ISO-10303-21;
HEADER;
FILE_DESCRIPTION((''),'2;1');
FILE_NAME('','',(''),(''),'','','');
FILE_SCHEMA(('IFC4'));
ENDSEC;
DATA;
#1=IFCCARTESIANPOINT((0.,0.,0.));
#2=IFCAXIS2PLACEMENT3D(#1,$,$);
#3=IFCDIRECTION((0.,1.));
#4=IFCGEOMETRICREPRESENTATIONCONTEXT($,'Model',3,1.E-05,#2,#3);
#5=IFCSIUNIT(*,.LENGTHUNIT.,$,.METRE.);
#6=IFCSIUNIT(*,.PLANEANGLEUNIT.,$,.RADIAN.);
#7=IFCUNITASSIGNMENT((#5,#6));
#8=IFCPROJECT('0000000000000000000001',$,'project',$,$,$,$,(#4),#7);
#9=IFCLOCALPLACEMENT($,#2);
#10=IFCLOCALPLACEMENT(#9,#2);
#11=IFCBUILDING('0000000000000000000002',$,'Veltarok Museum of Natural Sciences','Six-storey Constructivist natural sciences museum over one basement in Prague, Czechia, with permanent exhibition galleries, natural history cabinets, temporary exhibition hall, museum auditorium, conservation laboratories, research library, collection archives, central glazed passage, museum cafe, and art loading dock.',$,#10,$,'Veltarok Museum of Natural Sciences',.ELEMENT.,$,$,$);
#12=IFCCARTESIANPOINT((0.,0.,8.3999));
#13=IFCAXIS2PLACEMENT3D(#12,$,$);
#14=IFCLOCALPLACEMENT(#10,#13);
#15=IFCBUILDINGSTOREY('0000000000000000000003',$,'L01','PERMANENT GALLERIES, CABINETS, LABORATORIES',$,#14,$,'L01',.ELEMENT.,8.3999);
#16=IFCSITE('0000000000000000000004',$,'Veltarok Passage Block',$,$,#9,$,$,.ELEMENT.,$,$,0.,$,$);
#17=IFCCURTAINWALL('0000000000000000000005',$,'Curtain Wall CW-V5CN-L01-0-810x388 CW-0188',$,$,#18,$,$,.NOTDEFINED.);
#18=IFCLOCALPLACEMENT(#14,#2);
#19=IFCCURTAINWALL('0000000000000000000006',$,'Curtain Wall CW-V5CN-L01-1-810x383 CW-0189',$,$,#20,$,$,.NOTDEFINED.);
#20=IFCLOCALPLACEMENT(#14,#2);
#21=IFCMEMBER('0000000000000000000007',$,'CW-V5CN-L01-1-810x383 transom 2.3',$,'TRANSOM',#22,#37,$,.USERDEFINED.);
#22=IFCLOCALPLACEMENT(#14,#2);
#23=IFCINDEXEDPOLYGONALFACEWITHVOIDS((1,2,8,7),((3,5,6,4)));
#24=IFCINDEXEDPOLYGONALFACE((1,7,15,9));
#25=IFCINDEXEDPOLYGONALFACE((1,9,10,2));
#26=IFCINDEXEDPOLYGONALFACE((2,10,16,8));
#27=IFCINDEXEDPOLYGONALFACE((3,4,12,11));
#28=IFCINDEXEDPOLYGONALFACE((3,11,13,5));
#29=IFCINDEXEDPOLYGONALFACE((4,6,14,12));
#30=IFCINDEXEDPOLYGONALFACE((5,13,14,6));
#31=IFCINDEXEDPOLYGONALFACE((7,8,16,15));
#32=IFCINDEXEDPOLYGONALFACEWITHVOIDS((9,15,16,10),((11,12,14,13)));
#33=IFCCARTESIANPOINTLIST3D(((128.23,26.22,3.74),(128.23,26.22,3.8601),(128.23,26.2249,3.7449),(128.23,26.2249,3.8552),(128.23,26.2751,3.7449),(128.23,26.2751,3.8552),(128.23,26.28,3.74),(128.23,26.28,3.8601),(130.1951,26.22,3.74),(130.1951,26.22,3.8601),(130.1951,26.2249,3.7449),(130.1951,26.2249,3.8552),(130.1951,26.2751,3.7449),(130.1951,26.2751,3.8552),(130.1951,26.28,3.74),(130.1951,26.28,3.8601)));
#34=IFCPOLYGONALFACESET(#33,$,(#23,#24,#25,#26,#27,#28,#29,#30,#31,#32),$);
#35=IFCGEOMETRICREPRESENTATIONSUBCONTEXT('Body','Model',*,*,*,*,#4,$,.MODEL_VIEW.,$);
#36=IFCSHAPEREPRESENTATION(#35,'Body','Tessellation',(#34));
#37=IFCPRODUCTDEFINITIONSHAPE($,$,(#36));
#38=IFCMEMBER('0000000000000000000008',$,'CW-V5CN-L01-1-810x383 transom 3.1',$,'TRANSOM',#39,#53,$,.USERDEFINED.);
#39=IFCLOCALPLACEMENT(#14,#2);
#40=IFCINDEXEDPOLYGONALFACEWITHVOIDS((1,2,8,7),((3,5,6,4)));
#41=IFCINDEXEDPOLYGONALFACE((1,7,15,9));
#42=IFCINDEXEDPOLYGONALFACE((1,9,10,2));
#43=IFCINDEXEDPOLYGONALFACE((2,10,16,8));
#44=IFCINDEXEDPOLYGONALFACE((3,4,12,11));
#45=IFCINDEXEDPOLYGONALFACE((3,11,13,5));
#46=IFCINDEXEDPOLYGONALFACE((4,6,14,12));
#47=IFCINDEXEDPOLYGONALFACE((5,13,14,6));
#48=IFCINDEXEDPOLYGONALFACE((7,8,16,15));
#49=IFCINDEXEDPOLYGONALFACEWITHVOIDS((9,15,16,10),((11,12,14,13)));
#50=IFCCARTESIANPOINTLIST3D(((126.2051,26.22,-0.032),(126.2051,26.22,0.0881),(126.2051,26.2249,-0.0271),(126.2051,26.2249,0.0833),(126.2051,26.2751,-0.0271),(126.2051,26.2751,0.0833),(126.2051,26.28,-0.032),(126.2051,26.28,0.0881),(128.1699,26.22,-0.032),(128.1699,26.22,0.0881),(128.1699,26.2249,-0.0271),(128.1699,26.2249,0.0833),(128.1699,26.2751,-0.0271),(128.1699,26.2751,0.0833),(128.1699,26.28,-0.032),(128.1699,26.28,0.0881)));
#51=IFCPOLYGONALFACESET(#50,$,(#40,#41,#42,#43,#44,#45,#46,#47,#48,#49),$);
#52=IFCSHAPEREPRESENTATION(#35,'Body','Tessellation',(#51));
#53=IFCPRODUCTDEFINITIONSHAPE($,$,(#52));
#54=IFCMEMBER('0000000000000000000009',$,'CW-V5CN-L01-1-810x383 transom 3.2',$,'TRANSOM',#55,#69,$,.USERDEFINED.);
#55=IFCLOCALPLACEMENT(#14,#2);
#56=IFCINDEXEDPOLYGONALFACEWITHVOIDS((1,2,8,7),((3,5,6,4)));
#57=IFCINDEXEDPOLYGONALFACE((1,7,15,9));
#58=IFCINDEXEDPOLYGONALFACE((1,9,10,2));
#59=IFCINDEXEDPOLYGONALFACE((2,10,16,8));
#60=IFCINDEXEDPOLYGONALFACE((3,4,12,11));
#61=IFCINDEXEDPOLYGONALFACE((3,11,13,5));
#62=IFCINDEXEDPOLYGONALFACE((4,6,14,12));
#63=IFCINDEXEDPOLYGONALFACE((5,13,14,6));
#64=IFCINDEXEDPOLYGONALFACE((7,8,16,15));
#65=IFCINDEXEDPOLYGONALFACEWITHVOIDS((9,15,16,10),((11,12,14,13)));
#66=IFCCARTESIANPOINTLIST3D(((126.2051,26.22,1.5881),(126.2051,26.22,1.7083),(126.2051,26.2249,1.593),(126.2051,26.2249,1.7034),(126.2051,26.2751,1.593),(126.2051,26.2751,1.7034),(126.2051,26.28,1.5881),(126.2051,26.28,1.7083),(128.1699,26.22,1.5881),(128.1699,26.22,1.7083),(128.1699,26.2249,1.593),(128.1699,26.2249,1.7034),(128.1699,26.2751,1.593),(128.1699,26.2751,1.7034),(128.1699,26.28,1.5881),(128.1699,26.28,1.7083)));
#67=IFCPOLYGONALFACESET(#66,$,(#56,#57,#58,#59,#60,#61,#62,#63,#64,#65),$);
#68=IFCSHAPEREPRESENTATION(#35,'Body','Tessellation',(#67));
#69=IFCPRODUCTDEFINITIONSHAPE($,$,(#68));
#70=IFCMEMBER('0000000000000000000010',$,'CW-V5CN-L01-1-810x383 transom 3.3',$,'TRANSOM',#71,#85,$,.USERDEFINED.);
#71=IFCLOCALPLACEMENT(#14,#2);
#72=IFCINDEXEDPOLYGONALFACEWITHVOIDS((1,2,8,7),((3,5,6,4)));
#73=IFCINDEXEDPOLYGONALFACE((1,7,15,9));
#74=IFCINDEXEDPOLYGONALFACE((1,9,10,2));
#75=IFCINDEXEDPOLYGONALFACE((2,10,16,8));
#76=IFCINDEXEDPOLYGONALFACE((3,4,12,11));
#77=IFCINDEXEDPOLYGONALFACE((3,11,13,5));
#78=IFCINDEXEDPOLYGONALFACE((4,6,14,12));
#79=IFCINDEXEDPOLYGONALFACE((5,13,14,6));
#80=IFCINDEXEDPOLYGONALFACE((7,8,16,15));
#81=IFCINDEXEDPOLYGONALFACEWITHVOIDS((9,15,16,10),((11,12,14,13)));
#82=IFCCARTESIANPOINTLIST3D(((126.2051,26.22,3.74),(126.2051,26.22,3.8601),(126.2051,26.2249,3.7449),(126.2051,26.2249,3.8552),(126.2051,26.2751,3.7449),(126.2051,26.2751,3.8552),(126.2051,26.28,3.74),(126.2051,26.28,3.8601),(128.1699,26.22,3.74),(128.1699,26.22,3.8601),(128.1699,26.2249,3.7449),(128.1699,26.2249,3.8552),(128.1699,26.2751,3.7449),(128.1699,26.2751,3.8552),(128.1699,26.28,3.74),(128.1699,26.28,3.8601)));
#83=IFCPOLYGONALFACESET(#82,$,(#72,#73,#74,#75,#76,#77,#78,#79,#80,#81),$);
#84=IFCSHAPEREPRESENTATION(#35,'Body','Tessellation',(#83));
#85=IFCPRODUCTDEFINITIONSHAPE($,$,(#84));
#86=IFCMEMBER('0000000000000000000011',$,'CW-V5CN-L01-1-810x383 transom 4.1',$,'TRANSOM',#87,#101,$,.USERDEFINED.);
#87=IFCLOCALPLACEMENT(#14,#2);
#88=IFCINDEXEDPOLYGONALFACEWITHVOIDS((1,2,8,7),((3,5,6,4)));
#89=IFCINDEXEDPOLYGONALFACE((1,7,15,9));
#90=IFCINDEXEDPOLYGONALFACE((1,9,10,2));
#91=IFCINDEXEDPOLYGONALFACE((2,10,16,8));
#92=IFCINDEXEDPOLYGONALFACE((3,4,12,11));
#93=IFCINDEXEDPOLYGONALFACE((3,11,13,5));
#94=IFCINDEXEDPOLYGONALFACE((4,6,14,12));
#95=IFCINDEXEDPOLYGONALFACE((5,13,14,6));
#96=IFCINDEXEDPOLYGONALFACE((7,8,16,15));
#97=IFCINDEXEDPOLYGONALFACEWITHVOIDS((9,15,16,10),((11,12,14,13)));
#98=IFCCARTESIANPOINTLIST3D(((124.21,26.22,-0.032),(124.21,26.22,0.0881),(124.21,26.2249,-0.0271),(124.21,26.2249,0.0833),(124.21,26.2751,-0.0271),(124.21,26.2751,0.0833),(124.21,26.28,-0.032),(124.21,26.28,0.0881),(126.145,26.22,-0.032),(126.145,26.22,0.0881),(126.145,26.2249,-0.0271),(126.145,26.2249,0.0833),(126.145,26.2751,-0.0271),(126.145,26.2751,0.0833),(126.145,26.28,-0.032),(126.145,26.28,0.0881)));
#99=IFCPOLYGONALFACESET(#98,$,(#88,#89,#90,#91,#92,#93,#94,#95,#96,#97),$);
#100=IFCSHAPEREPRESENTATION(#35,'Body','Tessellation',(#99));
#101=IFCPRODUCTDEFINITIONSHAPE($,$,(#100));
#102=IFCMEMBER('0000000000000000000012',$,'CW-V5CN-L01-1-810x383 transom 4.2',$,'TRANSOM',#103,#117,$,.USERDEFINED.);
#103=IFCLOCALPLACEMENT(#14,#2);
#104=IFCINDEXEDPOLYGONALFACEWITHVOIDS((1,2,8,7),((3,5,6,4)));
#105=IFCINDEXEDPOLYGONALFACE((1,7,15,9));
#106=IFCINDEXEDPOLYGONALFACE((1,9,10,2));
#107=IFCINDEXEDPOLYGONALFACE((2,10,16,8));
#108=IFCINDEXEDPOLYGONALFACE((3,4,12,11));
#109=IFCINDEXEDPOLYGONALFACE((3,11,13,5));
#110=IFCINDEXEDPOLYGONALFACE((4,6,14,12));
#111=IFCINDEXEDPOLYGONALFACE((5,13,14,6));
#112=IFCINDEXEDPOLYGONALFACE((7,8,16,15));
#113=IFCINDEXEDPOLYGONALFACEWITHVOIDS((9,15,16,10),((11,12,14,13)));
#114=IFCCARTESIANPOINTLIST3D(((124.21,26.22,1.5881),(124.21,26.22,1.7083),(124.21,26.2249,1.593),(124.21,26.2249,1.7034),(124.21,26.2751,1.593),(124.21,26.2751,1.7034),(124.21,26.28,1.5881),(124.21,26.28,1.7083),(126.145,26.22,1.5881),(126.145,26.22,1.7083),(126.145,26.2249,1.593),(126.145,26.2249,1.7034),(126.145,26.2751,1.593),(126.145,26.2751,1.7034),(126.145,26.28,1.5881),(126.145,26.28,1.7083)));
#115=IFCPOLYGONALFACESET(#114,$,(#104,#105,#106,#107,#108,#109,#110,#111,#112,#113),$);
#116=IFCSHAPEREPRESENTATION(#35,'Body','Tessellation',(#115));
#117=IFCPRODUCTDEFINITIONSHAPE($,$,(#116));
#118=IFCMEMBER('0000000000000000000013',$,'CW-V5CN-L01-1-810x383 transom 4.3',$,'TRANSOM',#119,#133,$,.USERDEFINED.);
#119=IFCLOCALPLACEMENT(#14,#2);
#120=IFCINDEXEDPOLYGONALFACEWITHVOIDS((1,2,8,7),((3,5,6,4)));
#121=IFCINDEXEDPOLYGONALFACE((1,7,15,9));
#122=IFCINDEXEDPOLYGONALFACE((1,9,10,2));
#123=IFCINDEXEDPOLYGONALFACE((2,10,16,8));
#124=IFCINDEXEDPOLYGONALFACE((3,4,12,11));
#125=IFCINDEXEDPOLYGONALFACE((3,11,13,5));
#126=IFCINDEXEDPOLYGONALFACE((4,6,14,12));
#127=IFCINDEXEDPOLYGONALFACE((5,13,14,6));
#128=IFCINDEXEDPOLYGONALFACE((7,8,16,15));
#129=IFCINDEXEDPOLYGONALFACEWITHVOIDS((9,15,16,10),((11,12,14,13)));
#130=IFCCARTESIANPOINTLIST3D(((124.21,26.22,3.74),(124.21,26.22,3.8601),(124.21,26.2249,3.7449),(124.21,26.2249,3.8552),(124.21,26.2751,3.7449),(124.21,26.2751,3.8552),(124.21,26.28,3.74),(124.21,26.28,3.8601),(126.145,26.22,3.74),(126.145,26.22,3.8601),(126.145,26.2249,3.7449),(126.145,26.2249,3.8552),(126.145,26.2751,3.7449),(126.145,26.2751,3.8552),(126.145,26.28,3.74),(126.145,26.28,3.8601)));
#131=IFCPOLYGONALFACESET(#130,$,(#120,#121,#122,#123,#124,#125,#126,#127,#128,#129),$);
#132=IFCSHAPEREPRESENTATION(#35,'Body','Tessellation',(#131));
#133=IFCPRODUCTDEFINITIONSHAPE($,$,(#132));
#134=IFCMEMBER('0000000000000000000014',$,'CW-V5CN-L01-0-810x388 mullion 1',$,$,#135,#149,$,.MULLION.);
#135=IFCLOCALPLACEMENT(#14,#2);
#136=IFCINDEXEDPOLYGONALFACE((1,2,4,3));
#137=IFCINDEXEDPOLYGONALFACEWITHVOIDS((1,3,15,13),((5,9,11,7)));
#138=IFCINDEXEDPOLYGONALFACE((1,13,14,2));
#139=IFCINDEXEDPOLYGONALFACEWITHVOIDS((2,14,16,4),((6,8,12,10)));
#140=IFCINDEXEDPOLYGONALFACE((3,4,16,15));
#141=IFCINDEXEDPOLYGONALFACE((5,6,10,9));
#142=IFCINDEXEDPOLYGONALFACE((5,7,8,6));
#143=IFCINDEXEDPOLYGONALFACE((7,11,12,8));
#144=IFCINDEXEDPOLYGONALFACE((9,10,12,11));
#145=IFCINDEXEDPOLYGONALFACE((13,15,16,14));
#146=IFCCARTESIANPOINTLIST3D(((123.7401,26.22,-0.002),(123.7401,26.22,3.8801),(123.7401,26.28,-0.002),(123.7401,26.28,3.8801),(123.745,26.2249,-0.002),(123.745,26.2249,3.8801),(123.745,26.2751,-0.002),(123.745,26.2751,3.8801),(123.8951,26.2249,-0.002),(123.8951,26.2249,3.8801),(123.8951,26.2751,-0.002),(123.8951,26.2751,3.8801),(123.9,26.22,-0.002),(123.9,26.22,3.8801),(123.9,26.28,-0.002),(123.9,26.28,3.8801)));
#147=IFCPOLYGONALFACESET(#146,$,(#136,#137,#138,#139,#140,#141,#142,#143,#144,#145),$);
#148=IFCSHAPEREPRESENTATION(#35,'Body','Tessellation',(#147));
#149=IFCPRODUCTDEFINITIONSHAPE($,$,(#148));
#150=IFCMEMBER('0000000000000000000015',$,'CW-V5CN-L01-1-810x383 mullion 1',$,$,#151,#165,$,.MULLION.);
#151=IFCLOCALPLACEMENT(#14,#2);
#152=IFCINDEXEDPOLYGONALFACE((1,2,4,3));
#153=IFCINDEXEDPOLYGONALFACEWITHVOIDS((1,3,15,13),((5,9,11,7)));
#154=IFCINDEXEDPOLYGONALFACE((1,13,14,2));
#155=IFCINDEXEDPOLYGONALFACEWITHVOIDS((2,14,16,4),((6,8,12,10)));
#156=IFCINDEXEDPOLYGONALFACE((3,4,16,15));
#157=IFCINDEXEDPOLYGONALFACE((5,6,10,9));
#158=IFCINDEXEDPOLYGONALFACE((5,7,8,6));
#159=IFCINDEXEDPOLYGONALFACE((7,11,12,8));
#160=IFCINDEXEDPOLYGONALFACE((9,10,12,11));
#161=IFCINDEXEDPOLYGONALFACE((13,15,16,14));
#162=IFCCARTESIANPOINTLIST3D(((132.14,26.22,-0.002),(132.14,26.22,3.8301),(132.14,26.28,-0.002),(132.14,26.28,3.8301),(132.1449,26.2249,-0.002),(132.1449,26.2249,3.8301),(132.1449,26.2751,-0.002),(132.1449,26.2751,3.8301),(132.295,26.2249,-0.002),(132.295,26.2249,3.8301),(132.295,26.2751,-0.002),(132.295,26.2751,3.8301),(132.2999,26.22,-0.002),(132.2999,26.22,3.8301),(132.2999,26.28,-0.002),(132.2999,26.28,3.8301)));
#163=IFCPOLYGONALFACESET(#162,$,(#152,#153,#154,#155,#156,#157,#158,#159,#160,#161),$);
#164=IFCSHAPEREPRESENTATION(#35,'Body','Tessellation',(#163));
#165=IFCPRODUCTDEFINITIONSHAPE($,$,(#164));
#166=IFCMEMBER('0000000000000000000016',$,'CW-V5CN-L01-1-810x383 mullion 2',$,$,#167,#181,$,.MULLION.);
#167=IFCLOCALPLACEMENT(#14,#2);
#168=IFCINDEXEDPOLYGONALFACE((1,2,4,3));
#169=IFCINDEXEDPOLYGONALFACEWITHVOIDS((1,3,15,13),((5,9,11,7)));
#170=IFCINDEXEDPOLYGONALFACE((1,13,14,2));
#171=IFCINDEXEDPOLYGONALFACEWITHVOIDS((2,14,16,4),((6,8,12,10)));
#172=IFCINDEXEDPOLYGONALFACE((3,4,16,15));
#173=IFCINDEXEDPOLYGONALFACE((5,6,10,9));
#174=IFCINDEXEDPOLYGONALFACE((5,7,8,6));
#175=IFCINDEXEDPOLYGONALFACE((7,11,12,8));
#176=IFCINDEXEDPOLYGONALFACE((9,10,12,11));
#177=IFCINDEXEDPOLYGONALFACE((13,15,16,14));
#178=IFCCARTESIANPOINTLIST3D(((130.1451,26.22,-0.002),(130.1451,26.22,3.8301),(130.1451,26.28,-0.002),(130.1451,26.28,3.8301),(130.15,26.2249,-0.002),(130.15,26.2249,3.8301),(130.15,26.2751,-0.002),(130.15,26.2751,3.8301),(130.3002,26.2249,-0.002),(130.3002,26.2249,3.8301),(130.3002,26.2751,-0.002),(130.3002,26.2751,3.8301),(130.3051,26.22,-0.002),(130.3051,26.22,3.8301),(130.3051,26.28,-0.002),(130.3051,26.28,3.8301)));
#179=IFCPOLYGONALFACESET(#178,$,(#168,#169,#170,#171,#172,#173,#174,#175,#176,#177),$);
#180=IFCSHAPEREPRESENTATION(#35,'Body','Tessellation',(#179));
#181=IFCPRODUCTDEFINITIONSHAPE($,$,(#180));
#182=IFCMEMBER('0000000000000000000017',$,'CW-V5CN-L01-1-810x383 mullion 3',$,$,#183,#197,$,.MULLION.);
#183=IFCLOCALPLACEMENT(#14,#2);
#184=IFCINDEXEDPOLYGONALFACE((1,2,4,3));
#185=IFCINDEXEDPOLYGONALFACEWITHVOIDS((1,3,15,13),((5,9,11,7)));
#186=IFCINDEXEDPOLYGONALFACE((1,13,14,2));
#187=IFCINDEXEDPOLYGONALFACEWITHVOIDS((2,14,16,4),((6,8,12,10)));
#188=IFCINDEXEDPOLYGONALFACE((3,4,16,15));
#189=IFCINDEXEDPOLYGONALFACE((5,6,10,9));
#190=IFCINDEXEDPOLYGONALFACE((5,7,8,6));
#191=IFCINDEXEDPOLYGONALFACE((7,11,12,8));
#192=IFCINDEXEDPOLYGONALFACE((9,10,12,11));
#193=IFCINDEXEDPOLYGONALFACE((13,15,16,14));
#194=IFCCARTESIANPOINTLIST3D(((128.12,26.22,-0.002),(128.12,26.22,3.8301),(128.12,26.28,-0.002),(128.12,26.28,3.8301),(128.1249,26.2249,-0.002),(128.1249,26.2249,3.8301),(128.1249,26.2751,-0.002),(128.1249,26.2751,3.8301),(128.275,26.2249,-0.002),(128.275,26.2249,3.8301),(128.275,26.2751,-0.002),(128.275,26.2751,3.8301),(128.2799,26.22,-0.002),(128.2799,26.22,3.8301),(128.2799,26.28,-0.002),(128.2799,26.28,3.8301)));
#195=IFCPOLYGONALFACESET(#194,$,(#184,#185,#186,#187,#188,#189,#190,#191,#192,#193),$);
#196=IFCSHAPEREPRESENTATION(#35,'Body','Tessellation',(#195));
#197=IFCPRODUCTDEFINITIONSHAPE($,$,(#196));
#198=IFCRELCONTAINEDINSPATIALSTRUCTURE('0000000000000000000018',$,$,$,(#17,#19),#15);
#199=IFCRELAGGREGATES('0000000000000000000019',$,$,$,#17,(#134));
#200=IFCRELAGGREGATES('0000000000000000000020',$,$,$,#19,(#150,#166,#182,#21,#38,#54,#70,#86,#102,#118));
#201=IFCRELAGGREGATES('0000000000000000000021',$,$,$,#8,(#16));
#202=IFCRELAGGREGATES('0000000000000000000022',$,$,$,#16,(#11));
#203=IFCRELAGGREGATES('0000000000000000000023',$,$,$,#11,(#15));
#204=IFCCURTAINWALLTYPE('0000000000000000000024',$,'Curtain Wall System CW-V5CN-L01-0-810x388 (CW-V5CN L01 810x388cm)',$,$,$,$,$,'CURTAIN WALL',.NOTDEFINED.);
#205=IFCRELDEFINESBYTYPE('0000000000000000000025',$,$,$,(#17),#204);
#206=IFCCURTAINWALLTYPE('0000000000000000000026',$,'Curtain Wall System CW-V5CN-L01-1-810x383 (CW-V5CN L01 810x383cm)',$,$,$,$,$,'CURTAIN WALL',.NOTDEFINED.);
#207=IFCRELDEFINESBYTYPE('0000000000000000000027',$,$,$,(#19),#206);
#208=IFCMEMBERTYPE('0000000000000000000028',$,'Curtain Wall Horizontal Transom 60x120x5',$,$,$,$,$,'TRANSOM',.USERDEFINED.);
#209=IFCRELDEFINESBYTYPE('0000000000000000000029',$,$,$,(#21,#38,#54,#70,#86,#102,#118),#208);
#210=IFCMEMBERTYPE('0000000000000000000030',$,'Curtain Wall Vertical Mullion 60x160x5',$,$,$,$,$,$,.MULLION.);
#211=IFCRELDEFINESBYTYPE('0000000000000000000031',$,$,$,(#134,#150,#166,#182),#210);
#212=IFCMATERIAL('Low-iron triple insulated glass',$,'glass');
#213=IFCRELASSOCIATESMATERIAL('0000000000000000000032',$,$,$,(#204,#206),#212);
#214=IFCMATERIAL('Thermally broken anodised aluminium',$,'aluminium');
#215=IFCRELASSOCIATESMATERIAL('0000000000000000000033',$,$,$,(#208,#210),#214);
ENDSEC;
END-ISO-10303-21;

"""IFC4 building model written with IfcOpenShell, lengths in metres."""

from ifc_helpers import new_model, si_unit, direction, frame, origin, origin_2d, place, context, subcontext, project, spatial, hollow_rectangle, extrude, material, material_profile, profile_set, type_object, element, aggregate, save


model = new_model("IFC4")

# Units and contexts
model_context = context("Model", 3, precision=1e-05, world=origin(), true_north=direction((0.0, 1.0)))
body_context = subcontext(model_context, "Body", "Model", "MODEL_VIEW")
ifc_project = project(units=[si_unit("LENGTHUNIT", "METRE"), si_unit("PLANEANGLEUNIT", "RADIAN")], contexts=[model_context])

# Site, building, storey
site_placement = place(None, origin())
site = spatial("IfcSite", under=ifc_project, at=site_placement, Name="Veltarok Passage Block", CompositionType="ELEMENT", RefElevation=0.0)
building_placement = place(site_placement, origin())
building = spatial("IfcBuilding", under=site, at=building_placement, Name="Veltarok Museum of Natural Sciences", Description="Six-storey Constructivist natural sciences museum over one basement in Prague, Czechia, with permanent exhibition galleries, natural history cabinets, temporary exhibition hall, museum auditorium, conservation laboratories, research library, collection archives, central glazed passage, museum cafe, and art loading dock.", LongName="Veltarok Museum of Natural Sciences", CompositionType="ELEMENT")
storey_placement = place(building_placement, frame((0.0, 0.0, 8.3999)))
storey = spatial("IfcBuildingStorey", under=building, at=storey_placement, Name="L01", Description="PERMANENT GALLERIES, CABINETS, LABORATORIES", LongName="L01", CompositionType="ELEMENT", Elevation=8.3999)

# Curtain walls, members
ifc_material_1 = material(Name="Low-iron triple insulated glass", Category="glass")
curtain_wall_type_1 = type_object("IfcCurtainWallType", Name="Curtain Wall System CW-V5CN-L01-0-810x388 (CW-V5CN L01 810x388cm)", ElementType="CURTAIN WALL", PredefinedType="NOTDEFINED", material=ifc_material_1)
curtain_wall_1_placement = place(storey_placement, origin())
curtain_wall_1 = element("IfcCurtainWall", 1, at=curtain_wall_1_placement, inside=storey, type_object=curtain_wall_type_1, Name="Curtain Wall CW-V5CN-L01-0-810x388 CW-0188", PredefinedType="NOTDEFINED")
ifc_material_2 = material(Name="Thermally broken anodised aluminium", Category="aluminium")
ifc_material_profile_1 = material_profile(ifc_material_2, hollow_rectangle(XDim=0.0601, YDim=0.1201, WallThickness=0.0049, at=origin_2d()), Name="CW TRANSOM 60x120x5")
ifc_profile_set_1 = profile_set([ifc_material_profile_1], Name="Thermally broken anodised aluminium")
member_type_1 = type_object("IfcMemberType", Name="Curtain Wall Horizontal Transom 60x120x5", ElementType="TRANSOM", PredefinedType="USERDEFINED", material=ifc_profile_set_1)
curtain_wall_type_2 = type_object("IfcCurtainWallType", Name="Curtain Wall System CW-V5CN-L01-1-810x383 (CW-V5CN L01 810x383cm)", ElementType="CURTAIN WALL", PredefinedType="NOTDEFINED", material=ifc_material_1)
curtain_wall_2_placement = place(storey_placement, origin())
curtain_wall_2 = element("IfcCurtainWall", 2, at=curtain_wall_2_placement, inside=storey, type_object=curtain_wall_type_2, Name="Curtain Wall CW-V5CN-L01-1-810x383 CW-0189", PredefinedType="NOTDEFINED")
member_1_placement = place(storey_placement, frame((130.1951, 26.25, 3.8), z_axis=(-1.0, 0.0, 0.0), x_axis=(0.0, -1.0, 0.0)))
member_1 = element("IfcMember", 3, at=member_1_placement, type_object=member_type_1, Name="CW-V5CN-L01-1-810x383 transom 2.3", ObjectType="TRANSOM", PredefinedType="USERDEFINED", context=body_context, shape_type="SweptSolid", body=[
    extrude(hollow_rectangle(XDim=0.0601, YDim=0.1201, WallThickness=0.0049, at=origin_2d()), origin(), (0.0, 0.0, 1.0), 1.9651),
])
member_2_placement = place(storey_placement, frame((128.1699, 26.25, 0.0281), z_axis=(-1.0, 0.0, 0.0), x_axis=(0.0, -1.0, 0.0)))
member_2 = element("IfcMember", 4, at=member_2_placement, type_object=member_type_1, Name="CW-V5CN-L01-1-810x383 transom 3.1", ObjectType="TRANSOM", PredefinedType="USERDEFINED", context=body_context, shape_type="SweptSolid", body=[
    extrude(hollow_rectangle(XDim=0.0601, YDim=0.1201, WallThickness=0.0049, at=origin_2d()), origin(), (0.0, 0.0, 1.0), 1.9648),
])
member_3_placement = place(storey_placement, frame((128.1699, 26.25, 1.6482), z_axis=(-1.0, 0.0, 0.0), x_axis=(0.0, -1.0, 0.0)))
member_3 = element("IfcMember", 5, at=member_3_placement, type_object=member_type_1, Name="CW-V5CN-L01-1-810x383 transom 3.2", ObjectType="TRANSOM", PredefinedType="USERDEFINED", context=body_context, shape_type="SweptSolid", body=[
    extrude(hollow_rectangle(XDim=0.0601, YDim=0.1201, WallThickness=0.0049, at=origin_2d()), origin(), (0.0, 0.0, 1.0), 1.9648),
])
member_4_placement = place(storey_placement, frame((128.1699, 26.25, 3.8), z_axis=(-1.0, 0.0, 0.0), x_axis=(0.0, -1.0, 0.0)))
member_4 = element("IfcMember", 6, at=member_4_placement, type_object=member_type_1, Name="CW-V5CN-L01-1-810x383 transom 3.3", ObjectType="TRANSOM", PredefinedType="USERDEFINED", context=body_context, shape_type="SweptSolid", body=[
    extrude(hollow_rectangle(XDim=0.0601, YDim=0.1201, WallThickness=0.0049, at=origin_2d()), origin(), (0.0, 0.0, 1.0), 1.9648),
])
member_5_placement = place(storey_placement, frame((126.145, 26.25, 0.0281), z_axis=(-1.0, 0.0, 0.0), x_axis=(0.0, -1.0, 0.0)))
member_5 = element("IfcMember", 7, at=member_5_placement, type_object=member_type_1, Name="CW-V5CN-L01-1-810x383 transom 4.1", ObjectType="TRANSOM", PredefinedType="USERDEFINED", context=body_context, shape_type="SweptSolid", body=[
    extrude(hollow_rectangle(XDim=0.0601, YDim=0.1201, WallThickness=0.0049, at=origin_2d()), origin(), (0.0, 0.0, 1.0), 1.9351),
])
member_6_placement = place(storey_placement, frame((126.145, 26.25, 1.6482), z_axis=(-1.0, 0.0, 0.0), x_axis=(0.0, -1.0, 0.0)))
member_6 = element("IfcMember", 8, at=member_6_placement, type_object=member_type_1, Name="CW-V5CN-L01-1-810x383 transom 4.2", ObjectType="TRANSOM", PredefinedType="USERDEFINED", context=body_context, shape_type="SweptSolid", body=[
    extrude(hollow_rectangle(XDim=0.0601, YDim=0.1201, WallThickness=0.0049, at=origin_2d()), origin(), (0.0, 0.0, 1.0), 1.9351),
])
member_7_placement = place(storey_placement, frame((126.145, 26.25, 3.8), z_axis=(-1.0, 0.0, 0.0), x_axis=(0.0, -1.0, 0.0)))
member_7 = element("IfcMember", 9, at=member_7_placement, type_object=member_type_1, Name="CW-V5CN-L01-1-810x383 transom 4.3", ObjectType="TRANSOM", PredefinedType="USERDEFINED", context=body_context, shape_type="SweptSolid", body=[
    extrude(hollow_rectangle(XDim=0.0601, YDim=0.1201, WallThickness=0.0049, at=origin_2d()), origin(), (0.0, 0.0, 1.0), 1.9351),
])

# Members
ifc_material_profile_2 = material_profile(ifc_material_2, hollow_rectangle(XDim=0.0601, YDim=0.1599, WallThickness=0.0049, at=origin_2d()), Name="CW MULLION 60x160x5")
ifc_profile_set_2 = profile_set([ifc_material_profile_2], Name="Thermally broken anodised aluminium")
member_type_2 = type_object("IfcMemberType", Name="Curtain Wall Vertical Mullion 60x160x5", PredefinedType="MULLION", material=ifc_profile_set_2)
member_8_placement = place(storey_placement, frame((123.8201, 26.25, -0.002), z_axis=(0.0, 0.0, 1.0), x_axis=(0.0, -1.0, 0.0)))
member_8 = element("IfcMember", 10, at=member_8_placement, type_object=member_type_2, Name="CW-V5CN-L01-0-810x388 mullion 1", PredefinedType="MULLION", context=body_context, shape_type="SweptSolid", body=[
    extrude(hollow_rectangle(XDim=0.0601, YDim=0.1599, WallThickness=0.0049, at=origin_2d()), origin(), (0.0, 0.0, 1.0), 3.8821),
])
member_9_placement = place(storey_placement, frame((132.22, 26.25, -0.002), z_axis=(0.0, 0.0, 1.0), x_axis=(0.0, -1.0, 0.0)))
member_9 = element("IfcMember", 11, at=member_9_placement, type_object=member_type_2, Name="CW-V5CN-L01-1-810x383 mullion 1", PredefinedType="MULLION", context=body_context, shape_type="SweptSolid", body=[
    extrude(hollow_rectangle(XDim=0.0601, YDim=0.1599, WallThickness=0.0049, at=origin_2d()), origin(), (0.0, 0.0, 1.0), 3.832),
])
member_10_placement = place(storey_placement, frame((130.2251, 26.25, -0.002), z_axis=(0.0, 0.0, 1.0), x_axis=(0.0, -1.0, 0.0)))
member_10 = element("IfcMember", 12, at=member_10_placement, type_object=member_type_2, Name="CW-V5CN-L01-1-810x383 mullion 2", PredefinedType="MULLION", context=body_context, shape_type="SweptSolid", body=[
    extrude(hollow_rectangle(XDim=0.0601, YDim=0.1599, WallThickness=0.0049, at=origin_2d()), origin(), (0.0, 0.0, 1.0), 3.832),
])
member_11_placement = place(storey_placement, frame((128.2, 26.25, -0.002), z_axis=(0.0, 0.0, 1.0), x_axis=(0.0, -1.0, 0.0)))
member_11 = element("IfcMember", 13, at=member_11_placement, type_object=member_type_2, Name="CW-V5CN-L01-1-810x383 mullion 3", PredefinedType="MULLION", context=body_context, shape_type="SweptSolid", body=[
    extrude(hollow_rectangle(XDim=0.0601, YDim=0.1599, WallThickness=0.0049, at=origin_2d()), origin(), (0.0, 0.0, 1.0), 3.832),
])

aggregate(curtain_wall_1, [member_8])
aggregate(curtain_wall_2, [member_9, member_10, member_11, member_1, member_2, member_3, member_4, member_5, member_6, member_7])

save(model, "model.ifc")
